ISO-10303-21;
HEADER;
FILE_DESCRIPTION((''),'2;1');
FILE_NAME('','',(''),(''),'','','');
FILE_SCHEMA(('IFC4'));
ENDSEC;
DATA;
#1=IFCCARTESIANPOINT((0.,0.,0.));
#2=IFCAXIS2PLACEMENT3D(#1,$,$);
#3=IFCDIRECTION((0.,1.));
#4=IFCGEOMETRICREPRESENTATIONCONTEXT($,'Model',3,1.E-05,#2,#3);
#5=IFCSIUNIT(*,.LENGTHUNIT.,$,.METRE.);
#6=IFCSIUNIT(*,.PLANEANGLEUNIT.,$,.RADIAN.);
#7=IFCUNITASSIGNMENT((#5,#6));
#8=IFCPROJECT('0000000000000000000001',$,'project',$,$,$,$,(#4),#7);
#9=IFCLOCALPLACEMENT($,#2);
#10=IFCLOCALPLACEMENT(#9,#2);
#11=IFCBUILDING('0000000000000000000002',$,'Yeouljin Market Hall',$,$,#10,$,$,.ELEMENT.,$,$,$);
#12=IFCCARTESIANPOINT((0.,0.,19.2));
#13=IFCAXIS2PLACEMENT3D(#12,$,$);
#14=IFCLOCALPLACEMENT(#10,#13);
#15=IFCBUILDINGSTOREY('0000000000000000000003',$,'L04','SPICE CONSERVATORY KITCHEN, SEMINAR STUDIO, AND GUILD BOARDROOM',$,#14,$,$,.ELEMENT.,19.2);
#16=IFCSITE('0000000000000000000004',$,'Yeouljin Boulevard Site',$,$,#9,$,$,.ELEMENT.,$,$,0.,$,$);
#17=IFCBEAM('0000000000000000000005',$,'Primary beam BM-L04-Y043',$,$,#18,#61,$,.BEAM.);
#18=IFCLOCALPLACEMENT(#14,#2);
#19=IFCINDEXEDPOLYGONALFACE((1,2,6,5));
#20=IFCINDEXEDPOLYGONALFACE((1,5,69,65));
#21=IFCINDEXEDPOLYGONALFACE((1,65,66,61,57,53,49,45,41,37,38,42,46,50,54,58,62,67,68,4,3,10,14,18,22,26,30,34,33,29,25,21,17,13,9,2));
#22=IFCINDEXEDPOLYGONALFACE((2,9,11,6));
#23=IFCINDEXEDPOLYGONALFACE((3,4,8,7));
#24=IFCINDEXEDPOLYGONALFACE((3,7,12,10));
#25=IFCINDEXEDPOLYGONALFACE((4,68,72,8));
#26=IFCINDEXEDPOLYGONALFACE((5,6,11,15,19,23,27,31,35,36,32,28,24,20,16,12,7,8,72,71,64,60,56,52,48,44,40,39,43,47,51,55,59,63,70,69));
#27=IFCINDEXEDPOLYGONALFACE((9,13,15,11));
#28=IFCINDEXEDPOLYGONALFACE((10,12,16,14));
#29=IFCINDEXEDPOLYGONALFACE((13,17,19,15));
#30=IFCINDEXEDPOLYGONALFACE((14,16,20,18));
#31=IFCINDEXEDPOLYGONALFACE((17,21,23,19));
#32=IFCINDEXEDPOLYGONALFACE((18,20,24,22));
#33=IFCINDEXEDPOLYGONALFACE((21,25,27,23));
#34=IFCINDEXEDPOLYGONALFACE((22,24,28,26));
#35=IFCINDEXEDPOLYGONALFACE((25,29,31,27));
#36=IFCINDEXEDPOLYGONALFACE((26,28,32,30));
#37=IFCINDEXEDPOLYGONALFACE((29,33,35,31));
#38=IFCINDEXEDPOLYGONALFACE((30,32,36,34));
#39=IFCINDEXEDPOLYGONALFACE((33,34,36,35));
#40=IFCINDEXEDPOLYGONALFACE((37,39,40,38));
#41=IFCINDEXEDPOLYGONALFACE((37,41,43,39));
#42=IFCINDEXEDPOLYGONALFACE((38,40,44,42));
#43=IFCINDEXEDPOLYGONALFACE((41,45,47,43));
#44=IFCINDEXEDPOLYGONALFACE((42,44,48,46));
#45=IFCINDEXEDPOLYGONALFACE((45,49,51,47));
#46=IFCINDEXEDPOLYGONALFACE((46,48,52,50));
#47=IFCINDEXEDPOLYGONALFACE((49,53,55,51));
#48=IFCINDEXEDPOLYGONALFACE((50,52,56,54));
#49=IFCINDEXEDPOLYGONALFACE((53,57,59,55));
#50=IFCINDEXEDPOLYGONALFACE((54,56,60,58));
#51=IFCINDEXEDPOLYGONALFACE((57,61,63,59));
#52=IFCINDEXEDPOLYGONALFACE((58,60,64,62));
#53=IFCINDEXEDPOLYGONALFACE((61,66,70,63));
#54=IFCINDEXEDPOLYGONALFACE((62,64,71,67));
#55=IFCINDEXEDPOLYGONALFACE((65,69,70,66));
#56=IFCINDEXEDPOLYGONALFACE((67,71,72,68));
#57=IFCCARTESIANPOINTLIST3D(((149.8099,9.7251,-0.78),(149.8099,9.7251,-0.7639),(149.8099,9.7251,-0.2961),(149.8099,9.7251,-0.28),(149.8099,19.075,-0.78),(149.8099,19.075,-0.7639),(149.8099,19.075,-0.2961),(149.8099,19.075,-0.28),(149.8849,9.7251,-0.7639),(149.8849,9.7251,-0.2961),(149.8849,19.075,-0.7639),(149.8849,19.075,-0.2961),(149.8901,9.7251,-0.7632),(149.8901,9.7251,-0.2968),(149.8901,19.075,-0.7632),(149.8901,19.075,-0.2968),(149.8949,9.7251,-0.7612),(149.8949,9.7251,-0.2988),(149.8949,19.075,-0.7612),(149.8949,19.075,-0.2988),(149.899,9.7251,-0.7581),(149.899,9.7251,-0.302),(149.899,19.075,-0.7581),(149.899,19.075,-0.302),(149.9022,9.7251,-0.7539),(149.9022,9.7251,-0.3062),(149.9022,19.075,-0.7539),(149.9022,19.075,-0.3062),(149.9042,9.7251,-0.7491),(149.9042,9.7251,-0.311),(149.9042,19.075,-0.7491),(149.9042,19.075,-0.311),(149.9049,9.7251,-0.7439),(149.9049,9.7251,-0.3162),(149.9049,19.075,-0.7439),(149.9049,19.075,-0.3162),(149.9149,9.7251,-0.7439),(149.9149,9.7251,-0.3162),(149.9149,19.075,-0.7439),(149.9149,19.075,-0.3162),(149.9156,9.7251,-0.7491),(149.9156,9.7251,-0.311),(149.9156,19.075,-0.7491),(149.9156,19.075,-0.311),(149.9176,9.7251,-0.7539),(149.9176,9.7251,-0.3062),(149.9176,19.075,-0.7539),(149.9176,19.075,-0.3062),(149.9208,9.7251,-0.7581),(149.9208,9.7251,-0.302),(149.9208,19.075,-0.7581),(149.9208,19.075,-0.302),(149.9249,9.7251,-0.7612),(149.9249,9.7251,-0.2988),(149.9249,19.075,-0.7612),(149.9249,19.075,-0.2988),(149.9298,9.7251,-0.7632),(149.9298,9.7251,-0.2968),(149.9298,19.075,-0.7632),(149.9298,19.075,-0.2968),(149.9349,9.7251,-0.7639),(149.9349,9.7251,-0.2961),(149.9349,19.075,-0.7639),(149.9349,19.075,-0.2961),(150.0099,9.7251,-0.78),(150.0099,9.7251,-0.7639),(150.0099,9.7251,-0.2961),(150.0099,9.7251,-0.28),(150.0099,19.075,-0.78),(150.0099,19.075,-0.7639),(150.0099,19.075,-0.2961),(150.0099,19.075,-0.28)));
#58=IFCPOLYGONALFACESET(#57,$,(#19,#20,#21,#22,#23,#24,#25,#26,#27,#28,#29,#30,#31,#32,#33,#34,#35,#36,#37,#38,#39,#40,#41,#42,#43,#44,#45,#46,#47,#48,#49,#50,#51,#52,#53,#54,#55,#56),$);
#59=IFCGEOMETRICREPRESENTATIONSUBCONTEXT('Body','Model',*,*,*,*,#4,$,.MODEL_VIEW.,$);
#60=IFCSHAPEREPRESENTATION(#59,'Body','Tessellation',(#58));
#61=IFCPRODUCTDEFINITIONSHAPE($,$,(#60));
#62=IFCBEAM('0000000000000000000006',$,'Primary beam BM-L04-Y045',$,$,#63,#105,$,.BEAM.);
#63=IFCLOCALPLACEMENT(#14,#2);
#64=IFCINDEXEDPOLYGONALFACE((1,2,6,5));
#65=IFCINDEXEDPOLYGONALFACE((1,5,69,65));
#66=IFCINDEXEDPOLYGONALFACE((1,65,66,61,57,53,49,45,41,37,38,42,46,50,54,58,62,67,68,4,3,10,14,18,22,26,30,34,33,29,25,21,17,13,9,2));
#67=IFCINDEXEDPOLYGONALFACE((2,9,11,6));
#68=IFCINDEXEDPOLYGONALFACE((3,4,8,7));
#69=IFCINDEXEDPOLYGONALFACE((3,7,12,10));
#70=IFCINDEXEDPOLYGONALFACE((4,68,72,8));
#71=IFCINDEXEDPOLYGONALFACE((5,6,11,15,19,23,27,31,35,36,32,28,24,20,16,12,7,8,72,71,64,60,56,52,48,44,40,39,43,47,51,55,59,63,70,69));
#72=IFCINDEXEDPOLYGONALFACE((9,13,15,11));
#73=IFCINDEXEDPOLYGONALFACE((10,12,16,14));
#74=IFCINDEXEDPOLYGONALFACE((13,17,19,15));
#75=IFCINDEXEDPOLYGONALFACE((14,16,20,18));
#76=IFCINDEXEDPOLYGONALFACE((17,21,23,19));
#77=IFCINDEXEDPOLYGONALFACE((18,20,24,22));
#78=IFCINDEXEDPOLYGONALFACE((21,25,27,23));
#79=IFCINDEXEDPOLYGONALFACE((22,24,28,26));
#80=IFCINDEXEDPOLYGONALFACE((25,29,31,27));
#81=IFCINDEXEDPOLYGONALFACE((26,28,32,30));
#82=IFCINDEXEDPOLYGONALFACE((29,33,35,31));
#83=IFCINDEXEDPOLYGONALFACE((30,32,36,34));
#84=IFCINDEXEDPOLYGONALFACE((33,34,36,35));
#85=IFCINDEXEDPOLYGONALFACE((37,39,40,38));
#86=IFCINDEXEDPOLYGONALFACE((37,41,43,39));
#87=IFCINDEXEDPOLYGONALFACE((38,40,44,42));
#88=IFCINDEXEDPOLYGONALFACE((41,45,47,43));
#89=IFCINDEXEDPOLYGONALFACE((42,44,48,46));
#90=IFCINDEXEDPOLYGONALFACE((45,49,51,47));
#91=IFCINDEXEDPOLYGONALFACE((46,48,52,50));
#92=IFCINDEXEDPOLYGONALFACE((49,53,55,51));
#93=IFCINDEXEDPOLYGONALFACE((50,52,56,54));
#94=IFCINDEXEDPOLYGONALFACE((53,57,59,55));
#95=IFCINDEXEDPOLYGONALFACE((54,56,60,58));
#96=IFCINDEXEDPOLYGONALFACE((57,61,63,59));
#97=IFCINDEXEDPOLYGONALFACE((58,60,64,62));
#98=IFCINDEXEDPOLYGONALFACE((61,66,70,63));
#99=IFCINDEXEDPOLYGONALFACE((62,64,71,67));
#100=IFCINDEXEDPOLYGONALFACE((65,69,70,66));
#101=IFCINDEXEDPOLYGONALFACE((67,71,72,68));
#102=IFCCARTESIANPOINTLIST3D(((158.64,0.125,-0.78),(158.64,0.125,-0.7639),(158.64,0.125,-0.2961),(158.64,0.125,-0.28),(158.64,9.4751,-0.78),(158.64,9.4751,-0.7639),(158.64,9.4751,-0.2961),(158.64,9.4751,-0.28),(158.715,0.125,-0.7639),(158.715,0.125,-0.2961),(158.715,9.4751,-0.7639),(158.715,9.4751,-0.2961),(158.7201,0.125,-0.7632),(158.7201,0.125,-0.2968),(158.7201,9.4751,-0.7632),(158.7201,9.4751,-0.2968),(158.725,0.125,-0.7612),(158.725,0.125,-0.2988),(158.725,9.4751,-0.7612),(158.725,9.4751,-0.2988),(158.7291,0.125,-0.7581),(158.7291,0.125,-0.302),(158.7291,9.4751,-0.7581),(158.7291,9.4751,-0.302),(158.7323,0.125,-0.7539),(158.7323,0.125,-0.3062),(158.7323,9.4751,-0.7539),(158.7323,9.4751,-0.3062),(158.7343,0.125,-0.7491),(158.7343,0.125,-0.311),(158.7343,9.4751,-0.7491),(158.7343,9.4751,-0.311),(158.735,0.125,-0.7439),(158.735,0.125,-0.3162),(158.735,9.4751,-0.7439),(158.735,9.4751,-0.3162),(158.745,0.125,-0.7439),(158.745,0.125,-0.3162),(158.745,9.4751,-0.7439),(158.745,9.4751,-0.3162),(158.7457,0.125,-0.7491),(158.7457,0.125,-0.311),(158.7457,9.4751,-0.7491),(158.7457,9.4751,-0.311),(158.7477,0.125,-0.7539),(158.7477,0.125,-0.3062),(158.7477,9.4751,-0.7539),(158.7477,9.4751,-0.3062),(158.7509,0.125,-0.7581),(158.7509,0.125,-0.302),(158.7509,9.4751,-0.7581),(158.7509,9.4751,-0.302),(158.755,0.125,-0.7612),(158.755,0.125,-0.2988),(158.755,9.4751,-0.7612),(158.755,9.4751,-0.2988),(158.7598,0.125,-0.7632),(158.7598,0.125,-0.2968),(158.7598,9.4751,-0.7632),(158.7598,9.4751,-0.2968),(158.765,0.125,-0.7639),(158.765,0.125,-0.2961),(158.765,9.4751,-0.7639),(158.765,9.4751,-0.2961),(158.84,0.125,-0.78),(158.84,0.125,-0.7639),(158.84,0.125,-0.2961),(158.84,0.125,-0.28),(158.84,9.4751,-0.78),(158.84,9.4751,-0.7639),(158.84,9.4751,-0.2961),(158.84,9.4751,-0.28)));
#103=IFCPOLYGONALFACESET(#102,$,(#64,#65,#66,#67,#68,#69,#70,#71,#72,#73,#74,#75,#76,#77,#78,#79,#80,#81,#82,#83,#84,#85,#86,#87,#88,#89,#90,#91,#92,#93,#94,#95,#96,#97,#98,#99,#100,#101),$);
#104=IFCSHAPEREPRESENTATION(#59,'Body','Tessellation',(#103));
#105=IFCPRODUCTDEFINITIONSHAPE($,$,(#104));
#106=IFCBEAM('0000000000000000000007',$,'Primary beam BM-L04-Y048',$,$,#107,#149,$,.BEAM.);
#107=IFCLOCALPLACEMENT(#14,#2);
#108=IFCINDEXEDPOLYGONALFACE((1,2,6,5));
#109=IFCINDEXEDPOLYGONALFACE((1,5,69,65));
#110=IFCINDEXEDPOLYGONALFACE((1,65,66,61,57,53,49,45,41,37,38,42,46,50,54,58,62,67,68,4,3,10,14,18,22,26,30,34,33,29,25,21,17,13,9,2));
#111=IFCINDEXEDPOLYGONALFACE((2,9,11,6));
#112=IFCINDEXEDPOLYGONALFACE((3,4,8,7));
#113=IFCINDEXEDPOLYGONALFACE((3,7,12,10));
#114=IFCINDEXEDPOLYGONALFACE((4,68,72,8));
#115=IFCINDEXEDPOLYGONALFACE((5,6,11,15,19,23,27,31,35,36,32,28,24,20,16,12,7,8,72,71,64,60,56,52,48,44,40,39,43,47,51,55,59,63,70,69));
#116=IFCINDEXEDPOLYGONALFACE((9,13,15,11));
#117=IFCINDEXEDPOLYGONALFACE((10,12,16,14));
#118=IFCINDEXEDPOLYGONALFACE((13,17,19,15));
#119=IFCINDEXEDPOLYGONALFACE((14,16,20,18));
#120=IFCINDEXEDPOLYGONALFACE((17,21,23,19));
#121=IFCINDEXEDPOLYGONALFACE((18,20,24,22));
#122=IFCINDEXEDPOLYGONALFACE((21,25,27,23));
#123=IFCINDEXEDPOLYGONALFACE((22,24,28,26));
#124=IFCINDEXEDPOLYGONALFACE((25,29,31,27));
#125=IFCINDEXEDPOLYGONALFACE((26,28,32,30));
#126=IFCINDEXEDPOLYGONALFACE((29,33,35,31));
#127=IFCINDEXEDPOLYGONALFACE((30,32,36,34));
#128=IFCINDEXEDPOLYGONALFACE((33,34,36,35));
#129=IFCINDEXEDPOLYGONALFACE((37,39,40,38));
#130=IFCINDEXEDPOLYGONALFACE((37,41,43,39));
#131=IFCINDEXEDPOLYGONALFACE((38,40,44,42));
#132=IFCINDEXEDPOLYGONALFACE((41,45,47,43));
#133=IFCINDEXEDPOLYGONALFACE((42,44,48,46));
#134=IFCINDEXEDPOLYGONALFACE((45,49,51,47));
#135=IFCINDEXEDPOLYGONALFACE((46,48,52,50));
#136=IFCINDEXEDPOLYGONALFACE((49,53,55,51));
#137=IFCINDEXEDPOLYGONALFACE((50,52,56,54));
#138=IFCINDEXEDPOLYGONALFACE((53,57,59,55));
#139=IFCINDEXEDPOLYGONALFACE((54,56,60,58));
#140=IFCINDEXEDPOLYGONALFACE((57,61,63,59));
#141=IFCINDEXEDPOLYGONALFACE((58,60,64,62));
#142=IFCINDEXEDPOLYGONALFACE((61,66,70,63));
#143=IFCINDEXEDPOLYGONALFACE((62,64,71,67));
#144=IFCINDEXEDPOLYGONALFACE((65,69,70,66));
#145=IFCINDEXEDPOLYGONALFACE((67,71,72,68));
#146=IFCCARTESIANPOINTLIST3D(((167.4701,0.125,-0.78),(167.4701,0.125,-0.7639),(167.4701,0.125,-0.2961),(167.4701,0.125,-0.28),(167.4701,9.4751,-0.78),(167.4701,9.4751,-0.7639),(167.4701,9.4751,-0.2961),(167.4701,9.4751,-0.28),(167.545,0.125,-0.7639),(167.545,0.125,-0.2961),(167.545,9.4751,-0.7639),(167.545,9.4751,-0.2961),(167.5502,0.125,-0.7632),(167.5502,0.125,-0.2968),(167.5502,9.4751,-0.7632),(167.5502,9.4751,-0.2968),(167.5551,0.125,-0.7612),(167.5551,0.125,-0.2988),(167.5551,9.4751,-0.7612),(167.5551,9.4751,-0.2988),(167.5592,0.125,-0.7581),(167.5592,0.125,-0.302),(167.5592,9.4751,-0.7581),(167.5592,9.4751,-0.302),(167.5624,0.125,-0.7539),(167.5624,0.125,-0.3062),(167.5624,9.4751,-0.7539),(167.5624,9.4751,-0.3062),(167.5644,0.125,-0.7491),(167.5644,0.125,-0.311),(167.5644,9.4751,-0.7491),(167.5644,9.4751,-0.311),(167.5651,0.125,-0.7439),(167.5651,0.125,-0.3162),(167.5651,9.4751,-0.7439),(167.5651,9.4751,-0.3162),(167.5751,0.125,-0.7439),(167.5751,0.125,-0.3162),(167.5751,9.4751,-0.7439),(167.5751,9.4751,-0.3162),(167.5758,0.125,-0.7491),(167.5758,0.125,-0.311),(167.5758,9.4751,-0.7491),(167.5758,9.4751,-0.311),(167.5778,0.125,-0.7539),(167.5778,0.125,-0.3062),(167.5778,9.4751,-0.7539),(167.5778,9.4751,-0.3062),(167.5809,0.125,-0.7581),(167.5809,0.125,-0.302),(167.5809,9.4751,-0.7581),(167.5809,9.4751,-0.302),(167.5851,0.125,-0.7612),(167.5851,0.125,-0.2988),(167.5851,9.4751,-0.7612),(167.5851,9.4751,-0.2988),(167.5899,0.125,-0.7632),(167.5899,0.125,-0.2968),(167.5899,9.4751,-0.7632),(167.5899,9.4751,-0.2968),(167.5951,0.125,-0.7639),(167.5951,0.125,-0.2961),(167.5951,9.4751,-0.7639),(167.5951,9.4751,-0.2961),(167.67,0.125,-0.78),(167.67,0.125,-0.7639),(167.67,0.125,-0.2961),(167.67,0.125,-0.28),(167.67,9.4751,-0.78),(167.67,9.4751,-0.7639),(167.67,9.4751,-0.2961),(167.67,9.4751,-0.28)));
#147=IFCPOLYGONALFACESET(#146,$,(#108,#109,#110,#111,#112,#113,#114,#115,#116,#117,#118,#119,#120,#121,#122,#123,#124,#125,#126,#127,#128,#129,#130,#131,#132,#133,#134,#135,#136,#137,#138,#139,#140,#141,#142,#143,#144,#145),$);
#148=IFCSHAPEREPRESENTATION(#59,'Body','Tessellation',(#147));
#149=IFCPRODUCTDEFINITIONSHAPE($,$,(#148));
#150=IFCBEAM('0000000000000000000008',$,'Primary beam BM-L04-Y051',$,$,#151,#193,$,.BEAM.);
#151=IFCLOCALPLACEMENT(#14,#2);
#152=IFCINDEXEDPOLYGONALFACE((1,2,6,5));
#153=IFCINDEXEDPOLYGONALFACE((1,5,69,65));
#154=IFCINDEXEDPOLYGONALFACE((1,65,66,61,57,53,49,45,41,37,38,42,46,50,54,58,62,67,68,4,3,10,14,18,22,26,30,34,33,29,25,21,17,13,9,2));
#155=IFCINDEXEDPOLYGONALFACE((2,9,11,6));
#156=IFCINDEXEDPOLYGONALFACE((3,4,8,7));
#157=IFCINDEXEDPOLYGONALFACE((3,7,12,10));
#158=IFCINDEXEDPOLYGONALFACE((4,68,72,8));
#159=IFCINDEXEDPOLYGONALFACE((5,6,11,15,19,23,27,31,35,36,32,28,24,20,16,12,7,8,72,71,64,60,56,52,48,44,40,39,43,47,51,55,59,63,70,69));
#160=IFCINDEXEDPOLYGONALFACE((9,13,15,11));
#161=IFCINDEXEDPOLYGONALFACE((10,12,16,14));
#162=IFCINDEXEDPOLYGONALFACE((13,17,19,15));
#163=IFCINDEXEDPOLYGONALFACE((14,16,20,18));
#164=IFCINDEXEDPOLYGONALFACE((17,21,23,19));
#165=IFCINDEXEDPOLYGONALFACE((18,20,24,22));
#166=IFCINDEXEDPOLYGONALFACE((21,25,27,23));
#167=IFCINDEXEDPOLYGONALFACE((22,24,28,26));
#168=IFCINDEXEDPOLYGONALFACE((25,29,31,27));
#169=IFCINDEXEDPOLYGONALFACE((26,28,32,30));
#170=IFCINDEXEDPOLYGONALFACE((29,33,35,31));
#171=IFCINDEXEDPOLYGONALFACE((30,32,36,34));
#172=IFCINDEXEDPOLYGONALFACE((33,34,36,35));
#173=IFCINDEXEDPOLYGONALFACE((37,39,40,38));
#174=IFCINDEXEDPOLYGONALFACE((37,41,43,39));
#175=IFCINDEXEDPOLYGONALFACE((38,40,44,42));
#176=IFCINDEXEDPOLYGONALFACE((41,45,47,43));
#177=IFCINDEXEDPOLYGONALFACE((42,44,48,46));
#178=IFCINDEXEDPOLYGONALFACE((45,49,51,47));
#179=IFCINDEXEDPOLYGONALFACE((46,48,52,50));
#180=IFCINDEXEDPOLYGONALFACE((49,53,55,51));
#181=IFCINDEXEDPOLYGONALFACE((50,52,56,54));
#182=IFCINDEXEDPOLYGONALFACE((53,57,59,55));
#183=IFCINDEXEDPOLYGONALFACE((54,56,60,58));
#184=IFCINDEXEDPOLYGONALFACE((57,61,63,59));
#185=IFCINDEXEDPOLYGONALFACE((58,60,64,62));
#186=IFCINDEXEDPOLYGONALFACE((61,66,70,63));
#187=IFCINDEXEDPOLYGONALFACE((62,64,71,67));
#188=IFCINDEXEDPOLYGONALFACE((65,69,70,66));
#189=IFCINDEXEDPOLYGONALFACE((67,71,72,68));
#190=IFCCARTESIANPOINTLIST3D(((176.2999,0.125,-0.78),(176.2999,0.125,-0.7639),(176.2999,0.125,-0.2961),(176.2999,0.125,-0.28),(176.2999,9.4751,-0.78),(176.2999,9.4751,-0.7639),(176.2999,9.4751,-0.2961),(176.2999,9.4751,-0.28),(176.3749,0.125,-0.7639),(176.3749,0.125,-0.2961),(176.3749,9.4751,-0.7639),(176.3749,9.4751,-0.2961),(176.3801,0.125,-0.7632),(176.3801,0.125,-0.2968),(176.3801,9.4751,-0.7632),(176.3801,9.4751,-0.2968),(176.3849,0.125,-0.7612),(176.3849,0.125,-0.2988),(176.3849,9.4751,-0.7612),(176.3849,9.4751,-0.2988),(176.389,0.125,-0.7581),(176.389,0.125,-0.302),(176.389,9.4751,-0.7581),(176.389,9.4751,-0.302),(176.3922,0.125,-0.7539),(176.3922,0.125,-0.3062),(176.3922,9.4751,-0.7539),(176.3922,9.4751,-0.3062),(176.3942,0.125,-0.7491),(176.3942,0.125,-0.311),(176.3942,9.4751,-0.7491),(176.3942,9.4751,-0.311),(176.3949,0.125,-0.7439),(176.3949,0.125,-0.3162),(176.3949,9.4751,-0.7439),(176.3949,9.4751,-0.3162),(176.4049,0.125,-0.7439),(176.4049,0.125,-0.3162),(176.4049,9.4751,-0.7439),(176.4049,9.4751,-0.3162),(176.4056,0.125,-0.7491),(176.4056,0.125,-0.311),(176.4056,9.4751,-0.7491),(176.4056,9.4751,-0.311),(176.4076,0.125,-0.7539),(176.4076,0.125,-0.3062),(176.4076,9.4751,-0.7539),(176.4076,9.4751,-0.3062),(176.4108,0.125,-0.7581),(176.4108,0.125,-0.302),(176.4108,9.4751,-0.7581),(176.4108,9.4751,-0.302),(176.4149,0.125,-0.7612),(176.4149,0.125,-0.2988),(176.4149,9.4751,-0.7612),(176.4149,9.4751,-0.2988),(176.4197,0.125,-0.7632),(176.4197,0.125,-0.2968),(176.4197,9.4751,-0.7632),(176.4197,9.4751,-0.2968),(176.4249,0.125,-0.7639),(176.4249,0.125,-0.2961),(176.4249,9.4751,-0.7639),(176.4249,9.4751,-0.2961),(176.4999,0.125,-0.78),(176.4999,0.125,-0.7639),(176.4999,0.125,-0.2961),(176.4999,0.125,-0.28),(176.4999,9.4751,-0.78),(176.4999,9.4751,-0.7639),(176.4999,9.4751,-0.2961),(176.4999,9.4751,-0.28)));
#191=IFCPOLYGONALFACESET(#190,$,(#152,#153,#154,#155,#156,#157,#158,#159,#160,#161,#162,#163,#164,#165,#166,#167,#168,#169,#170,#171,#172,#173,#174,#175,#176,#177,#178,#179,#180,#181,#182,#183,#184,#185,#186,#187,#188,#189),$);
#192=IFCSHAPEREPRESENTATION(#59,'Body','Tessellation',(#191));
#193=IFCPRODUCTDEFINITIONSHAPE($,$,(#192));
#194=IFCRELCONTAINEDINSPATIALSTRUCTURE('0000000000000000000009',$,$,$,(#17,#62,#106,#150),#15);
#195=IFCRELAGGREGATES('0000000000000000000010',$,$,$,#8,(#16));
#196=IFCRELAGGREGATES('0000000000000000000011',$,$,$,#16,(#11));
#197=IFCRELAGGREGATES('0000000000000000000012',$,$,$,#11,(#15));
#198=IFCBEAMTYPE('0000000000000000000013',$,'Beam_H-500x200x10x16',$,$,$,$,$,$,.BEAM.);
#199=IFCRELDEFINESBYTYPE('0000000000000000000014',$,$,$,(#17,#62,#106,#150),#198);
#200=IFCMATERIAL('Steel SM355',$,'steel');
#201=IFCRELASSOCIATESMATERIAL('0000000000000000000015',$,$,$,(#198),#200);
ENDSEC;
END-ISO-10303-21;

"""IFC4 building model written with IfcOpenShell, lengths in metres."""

from ifc_helpers import new_model, si_unit, direction, frame, origin, origin_2d, place, context, subcontext, project, spatial, i_section, extrude, material, material_profile, profile_set, type_object, element, save


model = new_model("IFC4")

# Units and contexts
model_context = context("Model", 3, precision=1e-05, world=origin(), true_north=direction((0.0, 1.0)))
body_context = subcontext(model_context, "Body", "Model", "MODEL_VIEW")
ifc_project = project(units=[si_unit("LENGTHUNIT", "METRE"), si_unit("PLANEANGLEUNIT", "RADIAN")], contexts=[model_context])

# Site, building, storey
site_placement = place(None, origin())
site = spatial("IfcSite", under=ifc_project, at=site_placement, Name="Yeouljin Boulevard Site", CompositionType="ELEMENT", RefElevation=0.0)
building_placement = place(site_placement, origin())
building = spatial("IfcBuilding", under=site, at=building_placement, Name="Yeouljin Market Hall", CompositionType="ELEMENT")
storey_placement = place(building_placement, frame((0.0, 0.0, 19.2)))
storey = spatial("IfcBuildingStorey", under=building, at=storey_placement, Name="L04", Description="SPICE CONSERVATORY KITCHEN, SEMINAR STUDIO, AND GUILD BOARDROOM", CompositionType="ELEMENT", Elevation=19.2)

# Beams
ifc_material_1 = material(Name="Steel SM355", Category="steel")
ifc_material_profile_1 = material_profile(ifc_material_1, i_section(OverallWidth=0.2, OverallDepth=0.5, WebThickness=0.01, FlangeThickness=0.0161, FilletRadius=0.02, at=origin_2d()), Name="H-500x200x10x16")
ifc_profile_set_1 = profile_set([ifc_material_profile_1], Name="Steel SM355")
beam_type_1 = type_object("IfcBeamType", Name="Beam_H-500x200x10x16", PredefinedType="BEAM", material=ifc_profile_set_1)
beam_1_placement = place(storey_placement, frame((149.9099, 9.7251, -0.53), z_axis=(0.0, 1.0, 0.0), x_axis=(-1.0, 0.0, 0.0)))
element("IfcBeam", 1, at=beam_1_placement, inside=storey, type_object=beam_type_1, Name="Primary beam BM-L04-Y043", PredefinedType="BEAM", context=body_context, shape_type="SweptSolid", body=[
    extrude(i_section(OverallWidth=0.2, OverallDepth=0.5, WebThickness=0.01, FlangeThickness=0.0161, FilletRadius=0.02, at=origin_2d()), origin(), (0.0, 0.0, 1.0), 9.3499),
])
for number, where, z_axis, x_axis, name in (
    (2, (158.74, 0.125, -0.53), (0.0, 1.0, 0.0), (-1.0, 0.0, 0.0), "Primary beam BM-L04-Y045"),
    (3, (167.5701, 0.125, -0.53), (0.0, 1.0, 0.0), (-1.0, 0.0, 0.0), "Primary beam BM-L04-Y048"),
    (4, (176.3999, 0.125, -0.53), (0.0, 1.0, 0.0), (-1.0, 0.0, 0.0), "Primary beam BM-L04-Y051"),
):
    element("IfcBeam", number, at=place(storey_placement, frame(where, z_axis=z_axis, x_axis=x_axis)), inside=storey, type_object=beam_type_1, Name=name, PredefinedType="BEAM", context=body_context, shape_type="SweptSolid", body=[
        extrude(i_section(OverallWidth=0.2, OverallDepth=0.5, WebThickness=0.01, FlangeThickness=0.0161, FilletRadius=0.02, at=origin_2d()), origin(), (0.0, 0.0, 1.0), 9.3501),
    ])

save(model, "model.ifc")
